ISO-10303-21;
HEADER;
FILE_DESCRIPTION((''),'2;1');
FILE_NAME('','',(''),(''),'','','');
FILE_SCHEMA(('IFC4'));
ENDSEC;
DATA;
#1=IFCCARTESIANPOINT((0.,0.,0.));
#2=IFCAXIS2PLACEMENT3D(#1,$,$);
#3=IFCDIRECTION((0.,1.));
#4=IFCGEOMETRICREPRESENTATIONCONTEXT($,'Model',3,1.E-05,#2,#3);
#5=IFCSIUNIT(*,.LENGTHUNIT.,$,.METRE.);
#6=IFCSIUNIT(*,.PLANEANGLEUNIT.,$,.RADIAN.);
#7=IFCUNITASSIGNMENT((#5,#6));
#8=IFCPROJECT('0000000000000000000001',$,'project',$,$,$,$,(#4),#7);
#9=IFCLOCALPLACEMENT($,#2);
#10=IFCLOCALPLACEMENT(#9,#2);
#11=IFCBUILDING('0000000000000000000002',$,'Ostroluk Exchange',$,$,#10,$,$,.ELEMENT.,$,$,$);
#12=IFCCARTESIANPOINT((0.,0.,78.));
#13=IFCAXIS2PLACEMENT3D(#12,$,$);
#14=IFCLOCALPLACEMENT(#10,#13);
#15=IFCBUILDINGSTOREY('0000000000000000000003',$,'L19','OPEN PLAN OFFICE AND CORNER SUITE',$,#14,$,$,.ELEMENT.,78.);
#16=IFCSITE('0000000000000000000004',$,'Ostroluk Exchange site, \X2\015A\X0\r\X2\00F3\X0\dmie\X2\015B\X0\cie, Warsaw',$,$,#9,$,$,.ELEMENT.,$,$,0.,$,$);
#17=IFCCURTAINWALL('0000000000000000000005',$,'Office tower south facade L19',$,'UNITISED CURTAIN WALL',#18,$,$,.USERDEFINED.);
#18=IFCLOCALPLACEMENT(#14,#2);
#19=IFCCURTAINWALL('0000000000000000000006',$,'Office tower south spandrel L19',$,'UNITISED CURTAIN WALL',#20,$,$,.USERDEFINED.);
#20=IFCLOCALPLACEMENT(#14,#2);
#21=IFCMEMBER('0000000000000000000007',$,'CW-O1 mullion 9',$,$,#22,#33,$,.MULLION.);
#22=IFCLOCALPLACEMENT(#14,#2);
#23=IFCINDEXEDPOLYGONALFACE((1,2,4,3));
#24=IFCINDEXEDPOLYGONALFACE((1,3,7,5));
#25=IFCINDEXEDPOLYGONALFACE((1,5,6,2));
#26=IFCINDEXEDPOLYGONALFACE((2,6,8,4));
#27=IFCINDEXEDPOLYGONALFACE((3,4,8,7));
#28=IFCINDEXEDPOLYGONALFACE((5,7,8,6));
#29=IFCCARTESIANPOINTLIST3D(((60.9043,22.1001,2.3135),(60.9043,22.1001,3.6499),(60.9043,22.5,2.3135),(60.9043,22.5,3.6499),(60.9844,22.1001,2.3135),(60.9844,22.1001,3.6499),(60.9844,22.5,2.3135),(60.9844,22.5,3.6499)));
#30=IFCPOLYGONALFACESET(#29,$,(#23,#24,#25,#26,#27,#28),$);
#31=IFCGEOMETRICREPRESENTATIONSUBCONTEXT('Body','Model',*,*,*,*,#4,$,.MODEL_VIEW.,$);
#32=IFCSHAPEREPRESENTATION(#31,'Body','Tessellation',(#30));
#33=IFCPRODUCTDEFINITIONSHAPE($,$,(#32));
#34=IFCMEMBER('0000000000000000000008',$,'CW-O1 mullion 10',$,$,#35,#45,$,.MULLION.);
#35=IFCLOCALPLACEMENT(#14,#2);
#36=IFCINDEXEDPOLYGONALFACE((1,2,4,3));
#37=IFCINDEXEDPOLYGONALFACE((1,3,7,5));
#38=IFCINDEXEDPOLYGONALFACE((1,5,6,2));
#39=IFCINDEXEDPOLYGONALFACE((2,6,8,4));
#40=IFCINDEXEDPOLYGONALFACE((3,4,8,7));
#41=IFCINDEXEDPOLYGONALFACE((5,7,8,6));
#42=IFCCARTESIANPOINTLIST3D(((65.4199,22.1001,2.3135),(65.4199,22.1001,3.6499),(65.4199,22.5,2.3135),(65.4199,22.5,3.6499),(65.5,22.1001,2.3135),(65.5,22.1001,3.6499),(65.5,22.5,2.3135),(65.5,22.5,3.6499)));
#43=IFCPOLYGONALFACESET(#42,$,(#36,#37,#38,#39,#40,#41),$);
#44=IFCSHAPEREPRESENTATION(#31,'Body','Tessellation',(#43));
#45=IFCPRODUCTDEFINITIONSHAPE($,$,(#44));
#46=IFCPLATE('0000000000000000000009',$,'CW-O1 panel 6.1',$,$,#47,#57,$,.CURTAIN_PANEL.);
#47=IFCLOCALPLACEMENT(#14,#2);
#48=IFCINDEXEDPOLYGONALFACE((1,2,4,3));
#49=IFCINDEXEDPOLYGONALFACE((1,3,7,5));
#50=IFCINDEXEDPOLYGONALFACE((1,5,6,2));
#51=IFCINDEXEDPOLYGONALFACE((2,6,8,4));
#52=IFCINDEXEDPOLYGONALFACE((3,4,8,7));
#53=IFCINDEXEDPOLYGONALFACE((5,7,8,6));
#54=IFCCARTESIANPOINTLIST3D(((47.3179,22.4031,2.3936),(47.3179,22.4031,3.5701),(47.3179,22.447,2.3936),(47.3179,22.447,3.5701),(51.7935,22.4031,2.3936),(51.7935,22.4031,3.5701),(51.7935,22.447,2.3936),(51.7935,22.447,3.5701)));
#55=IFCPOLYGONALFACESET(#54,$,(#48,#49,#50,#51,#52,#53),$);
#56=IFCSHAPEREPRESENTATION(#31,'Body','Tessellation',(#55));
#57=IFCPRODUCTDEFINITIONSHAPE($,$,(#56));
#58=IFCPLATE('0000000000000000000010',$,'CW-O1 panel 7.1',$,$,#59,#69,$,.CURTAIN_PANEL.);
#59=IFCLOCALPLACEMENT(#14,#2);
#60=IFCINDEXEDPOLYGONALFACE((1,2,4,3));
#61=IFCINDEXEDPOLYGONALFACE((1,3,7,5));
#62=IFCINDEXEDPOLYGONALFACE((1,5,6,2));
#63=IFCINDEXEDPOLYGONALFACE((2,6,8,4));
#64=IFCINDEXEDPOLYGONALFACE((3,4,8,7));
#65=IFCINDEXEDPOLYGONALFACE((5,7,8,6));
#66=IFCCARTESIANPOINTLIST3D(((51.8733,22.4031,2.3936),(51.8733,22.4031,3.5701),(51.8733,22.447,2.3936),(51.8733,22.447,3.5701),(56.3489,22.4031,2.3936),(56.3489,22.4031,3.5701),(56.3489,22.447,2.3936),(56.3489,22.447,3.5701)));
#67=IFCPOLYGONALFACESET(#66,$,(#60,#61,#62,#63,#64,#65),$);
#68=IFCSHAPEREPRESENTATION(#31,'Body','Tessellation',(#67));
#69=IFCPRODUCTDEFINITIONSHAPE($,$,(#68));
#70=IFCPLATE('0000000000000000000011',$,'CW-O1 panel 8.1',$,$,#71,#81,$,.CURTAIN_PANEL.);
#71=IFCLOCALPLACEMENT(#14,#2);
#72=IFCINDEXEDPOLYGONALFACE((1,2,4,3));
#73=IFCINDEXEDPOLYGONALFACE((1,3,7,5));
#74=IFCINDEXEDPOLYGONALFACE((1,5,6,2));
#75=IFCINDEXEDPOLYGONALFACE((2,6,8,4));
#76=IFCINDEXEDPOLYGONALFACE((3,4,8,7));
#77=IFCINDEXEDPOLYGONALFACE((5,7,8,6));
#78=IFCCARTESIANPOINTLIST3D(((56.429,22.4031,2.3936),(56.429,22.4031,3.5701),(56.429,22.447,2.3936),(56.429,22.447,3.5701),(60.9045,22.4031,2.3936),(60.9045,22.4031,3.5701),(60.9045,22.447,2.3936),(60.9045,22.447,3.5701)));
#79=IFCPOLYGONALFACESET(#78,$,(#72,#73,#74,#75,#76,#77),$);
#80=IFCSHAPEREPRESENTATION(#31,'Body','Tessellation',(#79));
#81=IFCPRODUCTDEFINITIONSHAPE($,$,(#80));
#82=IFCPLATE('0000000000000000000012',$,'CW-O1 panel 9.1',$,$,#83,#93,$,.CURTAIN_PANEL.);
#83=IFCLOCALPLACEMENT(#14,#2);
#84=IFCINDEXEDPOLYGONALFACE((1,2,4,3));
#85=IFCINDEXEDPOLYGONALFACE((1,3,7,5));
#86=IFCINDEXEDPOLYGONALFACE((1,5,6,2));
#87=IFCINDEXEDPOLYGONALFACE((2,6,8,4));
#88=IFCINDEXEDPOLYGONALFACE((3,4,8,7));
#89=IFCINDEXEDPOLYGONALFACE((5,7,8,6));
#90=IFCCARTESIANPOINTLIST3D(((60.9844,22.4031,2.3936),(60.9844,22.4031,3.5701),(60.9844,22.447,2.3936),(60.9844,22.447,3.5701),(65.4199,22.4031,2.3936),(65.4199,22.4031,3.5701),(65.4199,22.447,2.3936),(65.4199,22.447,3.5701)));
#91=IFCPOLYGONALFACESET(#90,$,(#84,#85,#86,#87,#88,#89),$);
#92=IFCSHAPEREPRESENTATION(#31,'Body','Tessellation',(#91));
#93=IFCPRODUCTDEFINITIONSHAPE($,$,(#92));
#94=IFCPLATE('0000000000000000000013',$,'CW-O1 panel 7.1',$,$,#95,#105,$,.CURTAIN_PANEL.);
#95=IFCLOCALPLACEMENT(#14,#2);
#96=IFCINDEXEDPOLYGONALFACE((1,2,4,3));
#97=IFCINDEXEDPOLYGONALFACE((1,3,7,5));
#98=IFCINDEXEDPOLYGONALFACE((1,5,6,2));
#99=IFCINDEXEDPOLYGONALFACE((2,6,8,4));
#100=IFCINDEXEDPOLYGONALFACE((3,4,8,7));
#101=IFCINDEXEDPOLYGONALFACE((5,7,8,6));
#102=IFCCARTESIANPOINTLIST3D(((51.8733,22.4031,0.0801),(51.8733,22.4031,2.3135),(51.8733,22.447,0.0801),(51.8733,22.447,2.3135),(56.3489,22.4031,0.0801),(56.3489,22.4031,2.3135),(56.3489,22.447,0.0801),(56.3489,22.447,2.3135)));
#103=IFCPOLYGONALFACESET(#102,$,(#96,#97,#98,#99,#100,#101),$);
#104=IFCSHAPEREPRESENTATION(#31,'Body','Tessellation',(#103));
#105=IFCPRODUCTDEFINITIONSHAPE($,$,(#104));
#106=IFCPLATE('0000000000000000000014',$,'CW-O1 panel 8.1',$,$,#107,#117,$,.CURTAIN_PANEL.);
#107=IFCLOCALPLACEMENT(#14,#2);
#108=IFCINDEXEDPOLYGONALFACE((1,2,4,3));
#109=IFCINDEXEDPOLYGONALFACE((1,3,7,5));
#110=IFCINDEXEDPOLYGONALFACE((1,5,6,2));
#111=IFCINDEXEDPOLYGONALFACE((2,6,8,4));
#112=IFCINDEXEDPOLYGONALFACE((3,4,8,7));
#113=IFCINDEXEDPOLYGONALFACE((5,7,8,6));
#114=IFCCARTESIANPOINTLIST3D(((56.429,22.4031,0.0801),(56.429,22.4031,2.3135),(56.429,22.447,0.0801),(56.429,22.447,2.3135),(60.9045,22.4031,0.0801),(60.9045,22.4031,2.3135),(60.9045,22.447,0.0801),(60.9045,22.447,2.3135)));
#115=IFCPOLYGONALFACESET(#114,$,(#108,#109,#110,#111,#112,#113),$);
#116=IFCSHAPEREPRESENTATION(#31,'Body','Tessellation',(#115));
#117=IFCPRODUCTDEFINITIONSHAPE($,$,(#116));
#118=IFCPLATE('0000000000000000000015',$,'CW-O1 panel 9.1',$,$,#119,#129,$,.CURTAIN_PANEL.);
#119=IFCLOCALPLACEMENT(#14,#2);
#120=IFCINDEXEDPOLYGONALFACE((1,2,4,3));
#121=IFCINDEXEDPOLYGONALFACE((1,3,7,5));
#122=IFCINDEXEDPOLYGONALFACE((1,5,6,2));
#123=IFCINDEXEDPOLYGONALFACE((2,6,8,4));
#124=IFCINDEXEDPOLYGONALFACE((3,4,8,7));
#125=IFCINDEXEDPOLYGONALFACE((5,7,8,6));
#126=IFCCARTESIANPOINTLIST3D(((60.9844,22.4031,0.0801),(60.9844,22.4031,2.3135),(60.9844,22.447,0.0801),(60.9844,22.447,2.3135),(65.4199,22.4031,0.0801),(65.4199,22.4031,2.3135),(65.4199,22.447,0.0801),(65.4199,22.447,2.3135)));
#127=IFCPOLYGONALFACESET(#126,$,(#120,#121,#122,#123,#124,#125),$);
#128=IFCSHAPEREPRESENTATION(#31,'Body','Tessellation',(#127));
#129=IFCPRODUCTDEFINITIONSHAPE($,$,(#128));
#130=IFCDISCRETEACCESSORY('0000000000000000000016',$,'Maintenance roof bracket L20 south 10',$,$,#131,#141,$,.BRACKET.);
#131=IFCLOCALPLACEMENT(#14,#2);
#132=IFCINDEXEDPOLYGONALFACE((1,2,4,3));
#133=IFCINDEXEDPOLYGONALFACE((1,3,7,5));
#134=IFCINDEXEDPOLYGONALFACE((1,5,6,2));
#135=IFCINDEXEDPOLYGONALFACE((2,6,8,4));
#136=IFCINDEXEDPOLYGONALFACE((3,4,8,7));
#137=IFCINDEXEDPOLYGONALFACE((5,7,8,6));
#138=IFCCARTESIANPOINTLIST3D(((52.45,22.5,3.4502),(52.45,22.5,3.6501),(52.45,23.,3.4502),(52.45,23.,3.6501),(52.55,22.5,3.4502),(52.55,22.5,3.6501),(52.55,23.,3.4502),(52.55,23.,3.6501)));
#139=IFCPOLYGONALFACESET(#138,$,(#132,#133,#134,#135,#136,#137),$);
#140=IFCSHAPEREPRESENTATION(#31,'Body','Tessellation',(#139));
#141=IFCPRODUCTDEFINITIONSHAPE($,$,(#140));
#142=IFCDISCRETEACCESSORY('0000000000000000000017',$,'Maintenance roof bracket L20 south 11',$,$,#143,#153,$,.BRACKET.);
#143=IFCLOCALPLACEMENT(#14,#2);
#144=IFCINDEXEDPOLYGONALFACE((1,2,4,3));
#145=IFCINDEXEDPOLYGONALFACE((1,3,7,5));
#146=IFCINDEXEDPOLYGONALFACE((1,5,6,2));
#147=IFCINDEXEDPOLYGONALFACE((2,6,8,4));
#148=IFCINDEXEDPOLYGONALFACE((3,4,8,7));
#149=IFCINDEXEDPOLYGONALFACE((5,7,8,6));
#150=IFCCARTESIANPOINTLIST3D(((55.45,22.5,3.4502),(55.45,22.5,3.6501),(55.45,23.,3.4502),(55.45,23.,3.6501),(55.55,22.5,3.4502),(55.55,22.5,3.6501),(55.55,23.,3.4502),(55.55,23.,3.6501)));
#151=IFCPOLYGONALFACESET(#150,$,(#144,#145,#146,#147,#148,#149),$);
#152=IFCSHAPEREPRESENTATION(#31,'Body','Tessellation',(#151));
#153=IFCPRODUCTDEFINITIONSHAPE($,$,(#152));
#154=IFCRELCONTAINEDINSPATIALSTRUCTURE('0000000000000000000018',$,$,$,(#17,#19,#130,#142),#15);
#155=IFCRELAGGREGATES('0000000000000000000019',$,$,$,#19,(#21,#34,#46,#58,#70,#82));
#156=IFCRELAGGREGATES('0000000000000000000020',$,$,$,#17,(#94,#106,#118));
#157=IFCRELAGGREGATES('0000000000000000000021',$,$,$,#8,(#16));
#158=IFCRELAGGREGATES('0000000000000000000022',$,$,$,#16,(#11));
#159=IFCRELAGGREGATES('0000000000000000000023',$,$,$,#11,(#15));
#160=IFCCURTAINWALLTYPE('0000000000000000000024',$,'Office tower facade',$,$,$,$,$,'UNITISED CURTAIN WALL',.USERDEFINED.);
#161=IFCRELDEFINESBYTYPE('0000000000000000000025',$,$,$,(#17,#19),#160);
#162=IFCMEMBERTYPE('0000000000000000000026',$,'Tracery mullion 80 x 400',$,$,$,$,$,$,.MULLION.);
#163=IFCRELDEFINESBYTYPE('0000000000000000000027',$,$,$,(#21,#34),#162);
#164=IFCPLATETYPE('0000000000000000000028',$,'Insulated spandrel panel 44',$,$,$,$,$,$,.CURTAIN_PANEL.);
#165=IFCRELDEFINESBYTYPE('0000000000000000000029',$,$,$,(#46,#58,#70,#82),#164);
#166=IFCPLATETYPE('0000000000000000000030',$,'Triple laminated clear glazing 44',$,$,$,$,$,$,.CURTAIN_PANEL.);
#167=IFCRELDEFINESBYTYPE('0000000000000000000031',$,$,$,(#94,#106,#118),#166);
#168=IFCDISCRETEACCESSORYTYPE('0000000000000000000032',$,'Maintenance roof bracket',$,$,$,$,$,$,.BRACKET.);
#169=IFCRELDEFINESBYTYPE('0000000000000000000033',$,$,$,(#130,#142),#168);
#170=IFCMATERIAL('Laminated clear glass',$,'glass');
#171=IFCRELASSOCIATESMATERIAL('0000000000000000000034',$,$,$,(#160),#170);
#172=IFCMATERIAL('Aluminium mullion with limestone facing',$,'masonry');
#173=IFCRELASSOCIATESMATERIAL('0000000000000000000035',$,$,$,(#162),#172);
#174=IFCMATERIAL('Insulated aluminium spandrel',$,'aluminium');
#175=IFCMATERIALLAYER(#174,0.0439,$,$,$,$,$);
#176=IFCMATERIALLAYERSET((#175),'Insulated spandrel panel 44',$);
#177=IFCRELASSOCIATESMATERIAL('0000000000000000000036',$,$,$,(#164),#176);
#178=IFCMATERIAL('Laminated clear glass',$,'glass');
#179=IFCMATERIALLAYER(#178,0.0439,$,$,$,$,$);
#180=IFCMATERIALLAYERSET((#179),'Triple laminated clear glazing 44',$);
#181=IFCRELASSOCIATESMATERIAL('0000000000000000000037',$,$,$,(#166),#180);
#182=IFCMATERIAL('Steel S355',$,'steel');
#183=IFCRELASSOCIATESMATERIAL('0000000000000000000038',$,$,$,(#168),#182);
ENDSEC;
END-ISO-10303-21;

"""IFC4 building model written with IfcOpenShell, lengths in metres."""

from ifc_helpers import new_model, si_unit, direction, frame, origin, origin_2d, place, context, subcontext, project, spatial, rectangle, extrude, material, layer, layer_set, material_profile, profile_set, type_object, element, aggregate, save


model = new_model("IFC4")

# Units and contexts
model_context = context("Model", 3, precision=1e-05, world=origin(), true_north=direction((0.0, 1.0)))
body_context = subcontext(model_context, "Body", "Model", "MODEL_VIEW")
ifc_project = project(units=[si_unit("LENGTHUNIT", "METRE"), si_unit("PLANEANGLEUNIT", "RADIAN")], contexts=[model_context])

# Site, building, storey
site_placement = place(None, origin())
site = spatial("IfcSite", under=ifc_project, at=site_placement, Name="Ostroluk Exchange site, Śródmieście, Warsaw", CompositionType="ELEMENT", RefElevation=0.0)
building_placement = place(site_placement, origin())
building = spatial("IfcBuilding", under=site, at=building_placement, Name="Ostroluk Exchange", CompositionType="ELEMENT")
storey_placement = place(building_placement, frame((0.0, 0.0, 78.0)))
storey = spatial("IfcBuildingStorey", under=building, at=storey_placement, Name="L19", Description="OPEN PLAN OFFICE AND CORNER SUITE", CompositionType="ELEMENT", Elevation=78.0)

# Curtain walls
ifc_material_1 = material(Name="Laminated clear glass", Category="glass")
curtain_wall_type = type_object("IfcCurtainWallType", Name="Office tower facade", ElementType="UNITISED CURTAIN WALL", PredefinedType="USERDEFINED", material=ifc_material_1)
curtain_wall_1_placement = place(storey_placement, origin())
curtain_wall_1 = element("IfcCurtainWall", 1, at=curtain_wall_1_placement, inside=storey, type_object=curtain_wall_type, Name="Office tower south facade L19", ObjectType="UNITISED CURTAIN WALL", PredefinedType="USERDEFINED")
curtain_wall_2_placement = place(storey_placement, origin())
curtain_wall_2 = element("IfcCurtainWall", 2, at=curtain_wall_2_placement, inside=storey, type_object=curtain_wall_type, Name="Office tower south spandrel L19", ObjectType="UNITISED CURTAIN WALL", PredefinedType="USERDEFINED")

# Members
ifc_material_2 = material(Name="Aluminium mullion with limestone facing", Category="masonry")
ifc_material_profile_1 = material_profile(ifc_material_2, rectangle(XDim=0.3999, YDim=0.0801, at=origin_2d()), Name="Tracery mullion 80 x 400")
ifc_profile_set_1 = profile_set([ifc_material_profile_1], Name="Aluminium mullion with limestone facing")
member_type_1 = type_object("IfcMemberType", Name="Tracery mullion 80 x 400", PredefinedType="MULLION", material=ifc_profile_set_1)
member_1_placement = place(storey_placement, frame((60.9443, 22.3, 2.3135), z_axis=(0.0, 0.0, 1.0), x_axis=(0.0, 1.0, 0.0)))
member_1 = element("IfcMember", 3, at=member_1_placement, type_object=member_type_1, Name="CW-O1 mullion 9", PredefinedType="MULLION", context=body_context, shape_type="SweptSolid", body=[
    extrude(rectangle(XDim=0.3999, YDim=0.0801, at=origin_2d()), origin(), (0.0, 0.0, 1.0), 1.3364),
])
member_2_placement = place(storey_placement, frame((65.46, 22.3, 2.3135), z_axis=(0.0, 0.0, 1.0), x_axis=(0.0, 1.0, 0.0)))
member_2 = element("IfcMember", 4, at=member_2_placement, type_object=member_type_1, Name="CW-O1 mullion 10", PredefinedType="MULLION", context=body_context, shape_type="SweptSolid", body=[
    extrude(rectangle(XDim=0.3999, YDim=0.0801, at=origin_2d()), origin(), (0.0, 0.0, 1.0), 1.3364),
])

# Plates
ifc_material_3 = material(Name="Insulated aluminium spandrel", Category="aluminium")
ifc_layer_1 = layer(ifc_material_3, 0.0439)
ifc_layer_set_1 = layer_set([ifc_layer_1], Name="Insulated spandrel panel 44")
plate_type_1 = type_object("IfcPlateType", Name="Insulated spandrel panel 44", PredefinedType="CURTAIN_PANEL", material=ifc_layer_set_1)
plate_1_placement = place(storey_placement, frame((49.5557, 22.425, 2.3936), z_axis=(0.0, 0.0, 1.0), x_axis=(1.0, 0.0, 0.0)))
plate_1 = element("IfcPlate", 5, at=plate_1_placement, type_object=plate_type_1, Name="CW-O1 panel 6.1", PredefinedType="CURTAIN_PANEL", context=body_context, shape_type="SweptSolid", body=[
    extrude(rectangle(XDim=4.4756, YDim=0.0439, at=origin_2d()), origin(), (0.0, 0.0, 1.0), 1.1765),
])
plate_2_placement = place(storey_placement, frame((54.1111, 22.425, 2.3936), z_axis=(0.0, 0.0, 1.0), x_axis=(1.0, 0.0, 0.0)))
plate_2 = element("IfcPlate", 6, at=plate_2_placement, type_object=plate_type_1, Name="CW-O1 panel 7.1", PredefinedType="CURTAIN_PANEL", context=body_context, shape_type="SweptSolid", body=[
    extrude(rectangle(XDim=4.4756, YDim=0.0439, at=origin_2d()), origin(), (0.0, 0.0, 1.0), 1.1765),
])
plate_3_placement = place(storey_placement, frame((58.6667, 22.425, 2.3936), z_axis=(0.0, 0.0, 1.0), x_axis=(1.0, 0.0, 0.0)))
plate_3 = element("IfcPlate", 7, at=plate_3_placement, type_object=plate_type_1, Name="CW-O1 panel 8.1", PredefinedType="CURTAIN_PANEL", context=body_context, shape_type="SweptSolid", body=[
    extrude(rectangle(XDim=4.4756, YDim=0.0439, at=origin_2d()), origin(), (0.0, 0.0, 1.0), 1.1765),
])
plate_4_placement = place(storey_placement, frame((63.2021, 22.425, 2.3936), z_axis=(0.0, 0.0, 1.0), x_axis=(1.0, 0.0, 0.0)))
plate_4 = element("IfcPlate", 8, at=plate_4_placement, type_object=plate_type_1, Name="CW-O1 panel 9.1", PredefinedType="CURTAIN_PANEL", context=body_context, shape_type="SweptSolid", body=[
    extrude(rectangle(XDim=4.4355, YDim=0.0439, at=origin_2d()), origin(), (0.0, 0.0, 1.0), 1.1765),
])
aggregate(curtain_wall_2, [member_1, member_2, plate_1, plate_2, plate_3, plate_4])
ifc_material_4 = material(Name="Laminated clear glass", Category="glass")
ifc_layer_2 = layer(ifc_material_4, 0.0439)
ifc_layer_set_2 = layer_set([ifc_layer_2], Name="Triple laminated clear glazing 44")
plate_type_2 = type_object("IfcPlateType", Name="Triple laminated clear glazing 44", PredefinedType="CURTAIN_PANEL", material=ifc_layer_set_2)
plate_5_placement = place(storey_placement, frame((54.1111, 22.425, 0.0801), z_axis=(0.0, 0.0, 1.0), x_axis=(1.0, 0.0, 0.0)))
plate_5 = element("IfcPlate", 9, at=plate_5_placement, type_object=plate_type_2, Name="CW-O1 panel 7.1", PredefinedType="CURTAIN_PANEL", context=body_context, shape_type="SweptSolid", body=[
    extrude(rectangle(XDim=4.4756, YDim=0.0439, at=origin_2d()), origin(), (0.0, 0.0, 1.0), 2.2334),
])
plate_6_placement = place(storey_placement, frame((58.6667, 22.425, 0.0801), z_axis=(0.0, 0.0, 1.0), x_axis=(1.0, 0.0, 0.0)))
plate_6 = element("IfcPlate", 10, at=plate_6_placement, type_object=plate_type_2, Name="CW-O1 panel 8.1", PredefinedType="CURTAIN_PANEL", context=body_context, shape_type="SweptSolid", body=[
    extrude(rectangle(XDim=4.4756, YDim=0.0439, at=origin_2d()), origin(), (0.0, 0.0, 1.0), 2.2334),
])
plate_7_placement = place(storey_placement, frame((63.2021, 22.425, 0.0801), z_axis=(0.0, 0.0, 1.0), x_axis=(1.0, 0.0, 0.0)))
plate_7 = element("IfcPlate", 11, at=plate_7_placement, type_object=plate_type_2, Name="CW-O1 panel 9.1", PredefinedType="CURTAIN_PANEL", context=body_context, shape_type="SweptSolid", body=[
    extrude(rectangle(XDim=4.4355, YDim=0.0439, at=origin_2d()), origin(), (0.0, 0.0, 1.0), 2.2334),
])
aggregate(curtain_wall_1, [plate_5, plate_6, plate_7])

# Discrete accessories
ifc_material_5 = material(Name="Steel S355", Category="steel")
discrete_accessory_type = type_object("IfcDiscreteAccessoryType", Name="Maintenance roof bracket", PredefinedType="BRACKET", material=ifc_material_5)
for number, where, z_axis, x_axis, name in (
    (12, (52.5, 22.75, 3.4502), (0.0, 0.0, 1.0), (1.0, 0.0, 0.0), "Maintenance roof bracket L20 south 10"),
    (13, (55.5, 22.75, 3.4502), (0.0, 0.0, 1.0), (1.0, 0.0, 0.0), "Maintenance roof bracket L20 south 11"),
):
    element("IfcDiscreteAccessory", number, at=place(storey_placement, frame(where, z_axis=z_axis, x_axis=x_axis)), inside=storey, type_object=discrete_accessory_type, Name=name, PredefinedType="BRACKET", context=body_context, shape_type="SweptSolid", body=[
        extrude(rectangle(XDim=0.1001, YDim=0.5, at=origin_2d()), origin(), (0.0, 0.0, 1.0), 0.2),
    ])

save(model, "model.ifc")
